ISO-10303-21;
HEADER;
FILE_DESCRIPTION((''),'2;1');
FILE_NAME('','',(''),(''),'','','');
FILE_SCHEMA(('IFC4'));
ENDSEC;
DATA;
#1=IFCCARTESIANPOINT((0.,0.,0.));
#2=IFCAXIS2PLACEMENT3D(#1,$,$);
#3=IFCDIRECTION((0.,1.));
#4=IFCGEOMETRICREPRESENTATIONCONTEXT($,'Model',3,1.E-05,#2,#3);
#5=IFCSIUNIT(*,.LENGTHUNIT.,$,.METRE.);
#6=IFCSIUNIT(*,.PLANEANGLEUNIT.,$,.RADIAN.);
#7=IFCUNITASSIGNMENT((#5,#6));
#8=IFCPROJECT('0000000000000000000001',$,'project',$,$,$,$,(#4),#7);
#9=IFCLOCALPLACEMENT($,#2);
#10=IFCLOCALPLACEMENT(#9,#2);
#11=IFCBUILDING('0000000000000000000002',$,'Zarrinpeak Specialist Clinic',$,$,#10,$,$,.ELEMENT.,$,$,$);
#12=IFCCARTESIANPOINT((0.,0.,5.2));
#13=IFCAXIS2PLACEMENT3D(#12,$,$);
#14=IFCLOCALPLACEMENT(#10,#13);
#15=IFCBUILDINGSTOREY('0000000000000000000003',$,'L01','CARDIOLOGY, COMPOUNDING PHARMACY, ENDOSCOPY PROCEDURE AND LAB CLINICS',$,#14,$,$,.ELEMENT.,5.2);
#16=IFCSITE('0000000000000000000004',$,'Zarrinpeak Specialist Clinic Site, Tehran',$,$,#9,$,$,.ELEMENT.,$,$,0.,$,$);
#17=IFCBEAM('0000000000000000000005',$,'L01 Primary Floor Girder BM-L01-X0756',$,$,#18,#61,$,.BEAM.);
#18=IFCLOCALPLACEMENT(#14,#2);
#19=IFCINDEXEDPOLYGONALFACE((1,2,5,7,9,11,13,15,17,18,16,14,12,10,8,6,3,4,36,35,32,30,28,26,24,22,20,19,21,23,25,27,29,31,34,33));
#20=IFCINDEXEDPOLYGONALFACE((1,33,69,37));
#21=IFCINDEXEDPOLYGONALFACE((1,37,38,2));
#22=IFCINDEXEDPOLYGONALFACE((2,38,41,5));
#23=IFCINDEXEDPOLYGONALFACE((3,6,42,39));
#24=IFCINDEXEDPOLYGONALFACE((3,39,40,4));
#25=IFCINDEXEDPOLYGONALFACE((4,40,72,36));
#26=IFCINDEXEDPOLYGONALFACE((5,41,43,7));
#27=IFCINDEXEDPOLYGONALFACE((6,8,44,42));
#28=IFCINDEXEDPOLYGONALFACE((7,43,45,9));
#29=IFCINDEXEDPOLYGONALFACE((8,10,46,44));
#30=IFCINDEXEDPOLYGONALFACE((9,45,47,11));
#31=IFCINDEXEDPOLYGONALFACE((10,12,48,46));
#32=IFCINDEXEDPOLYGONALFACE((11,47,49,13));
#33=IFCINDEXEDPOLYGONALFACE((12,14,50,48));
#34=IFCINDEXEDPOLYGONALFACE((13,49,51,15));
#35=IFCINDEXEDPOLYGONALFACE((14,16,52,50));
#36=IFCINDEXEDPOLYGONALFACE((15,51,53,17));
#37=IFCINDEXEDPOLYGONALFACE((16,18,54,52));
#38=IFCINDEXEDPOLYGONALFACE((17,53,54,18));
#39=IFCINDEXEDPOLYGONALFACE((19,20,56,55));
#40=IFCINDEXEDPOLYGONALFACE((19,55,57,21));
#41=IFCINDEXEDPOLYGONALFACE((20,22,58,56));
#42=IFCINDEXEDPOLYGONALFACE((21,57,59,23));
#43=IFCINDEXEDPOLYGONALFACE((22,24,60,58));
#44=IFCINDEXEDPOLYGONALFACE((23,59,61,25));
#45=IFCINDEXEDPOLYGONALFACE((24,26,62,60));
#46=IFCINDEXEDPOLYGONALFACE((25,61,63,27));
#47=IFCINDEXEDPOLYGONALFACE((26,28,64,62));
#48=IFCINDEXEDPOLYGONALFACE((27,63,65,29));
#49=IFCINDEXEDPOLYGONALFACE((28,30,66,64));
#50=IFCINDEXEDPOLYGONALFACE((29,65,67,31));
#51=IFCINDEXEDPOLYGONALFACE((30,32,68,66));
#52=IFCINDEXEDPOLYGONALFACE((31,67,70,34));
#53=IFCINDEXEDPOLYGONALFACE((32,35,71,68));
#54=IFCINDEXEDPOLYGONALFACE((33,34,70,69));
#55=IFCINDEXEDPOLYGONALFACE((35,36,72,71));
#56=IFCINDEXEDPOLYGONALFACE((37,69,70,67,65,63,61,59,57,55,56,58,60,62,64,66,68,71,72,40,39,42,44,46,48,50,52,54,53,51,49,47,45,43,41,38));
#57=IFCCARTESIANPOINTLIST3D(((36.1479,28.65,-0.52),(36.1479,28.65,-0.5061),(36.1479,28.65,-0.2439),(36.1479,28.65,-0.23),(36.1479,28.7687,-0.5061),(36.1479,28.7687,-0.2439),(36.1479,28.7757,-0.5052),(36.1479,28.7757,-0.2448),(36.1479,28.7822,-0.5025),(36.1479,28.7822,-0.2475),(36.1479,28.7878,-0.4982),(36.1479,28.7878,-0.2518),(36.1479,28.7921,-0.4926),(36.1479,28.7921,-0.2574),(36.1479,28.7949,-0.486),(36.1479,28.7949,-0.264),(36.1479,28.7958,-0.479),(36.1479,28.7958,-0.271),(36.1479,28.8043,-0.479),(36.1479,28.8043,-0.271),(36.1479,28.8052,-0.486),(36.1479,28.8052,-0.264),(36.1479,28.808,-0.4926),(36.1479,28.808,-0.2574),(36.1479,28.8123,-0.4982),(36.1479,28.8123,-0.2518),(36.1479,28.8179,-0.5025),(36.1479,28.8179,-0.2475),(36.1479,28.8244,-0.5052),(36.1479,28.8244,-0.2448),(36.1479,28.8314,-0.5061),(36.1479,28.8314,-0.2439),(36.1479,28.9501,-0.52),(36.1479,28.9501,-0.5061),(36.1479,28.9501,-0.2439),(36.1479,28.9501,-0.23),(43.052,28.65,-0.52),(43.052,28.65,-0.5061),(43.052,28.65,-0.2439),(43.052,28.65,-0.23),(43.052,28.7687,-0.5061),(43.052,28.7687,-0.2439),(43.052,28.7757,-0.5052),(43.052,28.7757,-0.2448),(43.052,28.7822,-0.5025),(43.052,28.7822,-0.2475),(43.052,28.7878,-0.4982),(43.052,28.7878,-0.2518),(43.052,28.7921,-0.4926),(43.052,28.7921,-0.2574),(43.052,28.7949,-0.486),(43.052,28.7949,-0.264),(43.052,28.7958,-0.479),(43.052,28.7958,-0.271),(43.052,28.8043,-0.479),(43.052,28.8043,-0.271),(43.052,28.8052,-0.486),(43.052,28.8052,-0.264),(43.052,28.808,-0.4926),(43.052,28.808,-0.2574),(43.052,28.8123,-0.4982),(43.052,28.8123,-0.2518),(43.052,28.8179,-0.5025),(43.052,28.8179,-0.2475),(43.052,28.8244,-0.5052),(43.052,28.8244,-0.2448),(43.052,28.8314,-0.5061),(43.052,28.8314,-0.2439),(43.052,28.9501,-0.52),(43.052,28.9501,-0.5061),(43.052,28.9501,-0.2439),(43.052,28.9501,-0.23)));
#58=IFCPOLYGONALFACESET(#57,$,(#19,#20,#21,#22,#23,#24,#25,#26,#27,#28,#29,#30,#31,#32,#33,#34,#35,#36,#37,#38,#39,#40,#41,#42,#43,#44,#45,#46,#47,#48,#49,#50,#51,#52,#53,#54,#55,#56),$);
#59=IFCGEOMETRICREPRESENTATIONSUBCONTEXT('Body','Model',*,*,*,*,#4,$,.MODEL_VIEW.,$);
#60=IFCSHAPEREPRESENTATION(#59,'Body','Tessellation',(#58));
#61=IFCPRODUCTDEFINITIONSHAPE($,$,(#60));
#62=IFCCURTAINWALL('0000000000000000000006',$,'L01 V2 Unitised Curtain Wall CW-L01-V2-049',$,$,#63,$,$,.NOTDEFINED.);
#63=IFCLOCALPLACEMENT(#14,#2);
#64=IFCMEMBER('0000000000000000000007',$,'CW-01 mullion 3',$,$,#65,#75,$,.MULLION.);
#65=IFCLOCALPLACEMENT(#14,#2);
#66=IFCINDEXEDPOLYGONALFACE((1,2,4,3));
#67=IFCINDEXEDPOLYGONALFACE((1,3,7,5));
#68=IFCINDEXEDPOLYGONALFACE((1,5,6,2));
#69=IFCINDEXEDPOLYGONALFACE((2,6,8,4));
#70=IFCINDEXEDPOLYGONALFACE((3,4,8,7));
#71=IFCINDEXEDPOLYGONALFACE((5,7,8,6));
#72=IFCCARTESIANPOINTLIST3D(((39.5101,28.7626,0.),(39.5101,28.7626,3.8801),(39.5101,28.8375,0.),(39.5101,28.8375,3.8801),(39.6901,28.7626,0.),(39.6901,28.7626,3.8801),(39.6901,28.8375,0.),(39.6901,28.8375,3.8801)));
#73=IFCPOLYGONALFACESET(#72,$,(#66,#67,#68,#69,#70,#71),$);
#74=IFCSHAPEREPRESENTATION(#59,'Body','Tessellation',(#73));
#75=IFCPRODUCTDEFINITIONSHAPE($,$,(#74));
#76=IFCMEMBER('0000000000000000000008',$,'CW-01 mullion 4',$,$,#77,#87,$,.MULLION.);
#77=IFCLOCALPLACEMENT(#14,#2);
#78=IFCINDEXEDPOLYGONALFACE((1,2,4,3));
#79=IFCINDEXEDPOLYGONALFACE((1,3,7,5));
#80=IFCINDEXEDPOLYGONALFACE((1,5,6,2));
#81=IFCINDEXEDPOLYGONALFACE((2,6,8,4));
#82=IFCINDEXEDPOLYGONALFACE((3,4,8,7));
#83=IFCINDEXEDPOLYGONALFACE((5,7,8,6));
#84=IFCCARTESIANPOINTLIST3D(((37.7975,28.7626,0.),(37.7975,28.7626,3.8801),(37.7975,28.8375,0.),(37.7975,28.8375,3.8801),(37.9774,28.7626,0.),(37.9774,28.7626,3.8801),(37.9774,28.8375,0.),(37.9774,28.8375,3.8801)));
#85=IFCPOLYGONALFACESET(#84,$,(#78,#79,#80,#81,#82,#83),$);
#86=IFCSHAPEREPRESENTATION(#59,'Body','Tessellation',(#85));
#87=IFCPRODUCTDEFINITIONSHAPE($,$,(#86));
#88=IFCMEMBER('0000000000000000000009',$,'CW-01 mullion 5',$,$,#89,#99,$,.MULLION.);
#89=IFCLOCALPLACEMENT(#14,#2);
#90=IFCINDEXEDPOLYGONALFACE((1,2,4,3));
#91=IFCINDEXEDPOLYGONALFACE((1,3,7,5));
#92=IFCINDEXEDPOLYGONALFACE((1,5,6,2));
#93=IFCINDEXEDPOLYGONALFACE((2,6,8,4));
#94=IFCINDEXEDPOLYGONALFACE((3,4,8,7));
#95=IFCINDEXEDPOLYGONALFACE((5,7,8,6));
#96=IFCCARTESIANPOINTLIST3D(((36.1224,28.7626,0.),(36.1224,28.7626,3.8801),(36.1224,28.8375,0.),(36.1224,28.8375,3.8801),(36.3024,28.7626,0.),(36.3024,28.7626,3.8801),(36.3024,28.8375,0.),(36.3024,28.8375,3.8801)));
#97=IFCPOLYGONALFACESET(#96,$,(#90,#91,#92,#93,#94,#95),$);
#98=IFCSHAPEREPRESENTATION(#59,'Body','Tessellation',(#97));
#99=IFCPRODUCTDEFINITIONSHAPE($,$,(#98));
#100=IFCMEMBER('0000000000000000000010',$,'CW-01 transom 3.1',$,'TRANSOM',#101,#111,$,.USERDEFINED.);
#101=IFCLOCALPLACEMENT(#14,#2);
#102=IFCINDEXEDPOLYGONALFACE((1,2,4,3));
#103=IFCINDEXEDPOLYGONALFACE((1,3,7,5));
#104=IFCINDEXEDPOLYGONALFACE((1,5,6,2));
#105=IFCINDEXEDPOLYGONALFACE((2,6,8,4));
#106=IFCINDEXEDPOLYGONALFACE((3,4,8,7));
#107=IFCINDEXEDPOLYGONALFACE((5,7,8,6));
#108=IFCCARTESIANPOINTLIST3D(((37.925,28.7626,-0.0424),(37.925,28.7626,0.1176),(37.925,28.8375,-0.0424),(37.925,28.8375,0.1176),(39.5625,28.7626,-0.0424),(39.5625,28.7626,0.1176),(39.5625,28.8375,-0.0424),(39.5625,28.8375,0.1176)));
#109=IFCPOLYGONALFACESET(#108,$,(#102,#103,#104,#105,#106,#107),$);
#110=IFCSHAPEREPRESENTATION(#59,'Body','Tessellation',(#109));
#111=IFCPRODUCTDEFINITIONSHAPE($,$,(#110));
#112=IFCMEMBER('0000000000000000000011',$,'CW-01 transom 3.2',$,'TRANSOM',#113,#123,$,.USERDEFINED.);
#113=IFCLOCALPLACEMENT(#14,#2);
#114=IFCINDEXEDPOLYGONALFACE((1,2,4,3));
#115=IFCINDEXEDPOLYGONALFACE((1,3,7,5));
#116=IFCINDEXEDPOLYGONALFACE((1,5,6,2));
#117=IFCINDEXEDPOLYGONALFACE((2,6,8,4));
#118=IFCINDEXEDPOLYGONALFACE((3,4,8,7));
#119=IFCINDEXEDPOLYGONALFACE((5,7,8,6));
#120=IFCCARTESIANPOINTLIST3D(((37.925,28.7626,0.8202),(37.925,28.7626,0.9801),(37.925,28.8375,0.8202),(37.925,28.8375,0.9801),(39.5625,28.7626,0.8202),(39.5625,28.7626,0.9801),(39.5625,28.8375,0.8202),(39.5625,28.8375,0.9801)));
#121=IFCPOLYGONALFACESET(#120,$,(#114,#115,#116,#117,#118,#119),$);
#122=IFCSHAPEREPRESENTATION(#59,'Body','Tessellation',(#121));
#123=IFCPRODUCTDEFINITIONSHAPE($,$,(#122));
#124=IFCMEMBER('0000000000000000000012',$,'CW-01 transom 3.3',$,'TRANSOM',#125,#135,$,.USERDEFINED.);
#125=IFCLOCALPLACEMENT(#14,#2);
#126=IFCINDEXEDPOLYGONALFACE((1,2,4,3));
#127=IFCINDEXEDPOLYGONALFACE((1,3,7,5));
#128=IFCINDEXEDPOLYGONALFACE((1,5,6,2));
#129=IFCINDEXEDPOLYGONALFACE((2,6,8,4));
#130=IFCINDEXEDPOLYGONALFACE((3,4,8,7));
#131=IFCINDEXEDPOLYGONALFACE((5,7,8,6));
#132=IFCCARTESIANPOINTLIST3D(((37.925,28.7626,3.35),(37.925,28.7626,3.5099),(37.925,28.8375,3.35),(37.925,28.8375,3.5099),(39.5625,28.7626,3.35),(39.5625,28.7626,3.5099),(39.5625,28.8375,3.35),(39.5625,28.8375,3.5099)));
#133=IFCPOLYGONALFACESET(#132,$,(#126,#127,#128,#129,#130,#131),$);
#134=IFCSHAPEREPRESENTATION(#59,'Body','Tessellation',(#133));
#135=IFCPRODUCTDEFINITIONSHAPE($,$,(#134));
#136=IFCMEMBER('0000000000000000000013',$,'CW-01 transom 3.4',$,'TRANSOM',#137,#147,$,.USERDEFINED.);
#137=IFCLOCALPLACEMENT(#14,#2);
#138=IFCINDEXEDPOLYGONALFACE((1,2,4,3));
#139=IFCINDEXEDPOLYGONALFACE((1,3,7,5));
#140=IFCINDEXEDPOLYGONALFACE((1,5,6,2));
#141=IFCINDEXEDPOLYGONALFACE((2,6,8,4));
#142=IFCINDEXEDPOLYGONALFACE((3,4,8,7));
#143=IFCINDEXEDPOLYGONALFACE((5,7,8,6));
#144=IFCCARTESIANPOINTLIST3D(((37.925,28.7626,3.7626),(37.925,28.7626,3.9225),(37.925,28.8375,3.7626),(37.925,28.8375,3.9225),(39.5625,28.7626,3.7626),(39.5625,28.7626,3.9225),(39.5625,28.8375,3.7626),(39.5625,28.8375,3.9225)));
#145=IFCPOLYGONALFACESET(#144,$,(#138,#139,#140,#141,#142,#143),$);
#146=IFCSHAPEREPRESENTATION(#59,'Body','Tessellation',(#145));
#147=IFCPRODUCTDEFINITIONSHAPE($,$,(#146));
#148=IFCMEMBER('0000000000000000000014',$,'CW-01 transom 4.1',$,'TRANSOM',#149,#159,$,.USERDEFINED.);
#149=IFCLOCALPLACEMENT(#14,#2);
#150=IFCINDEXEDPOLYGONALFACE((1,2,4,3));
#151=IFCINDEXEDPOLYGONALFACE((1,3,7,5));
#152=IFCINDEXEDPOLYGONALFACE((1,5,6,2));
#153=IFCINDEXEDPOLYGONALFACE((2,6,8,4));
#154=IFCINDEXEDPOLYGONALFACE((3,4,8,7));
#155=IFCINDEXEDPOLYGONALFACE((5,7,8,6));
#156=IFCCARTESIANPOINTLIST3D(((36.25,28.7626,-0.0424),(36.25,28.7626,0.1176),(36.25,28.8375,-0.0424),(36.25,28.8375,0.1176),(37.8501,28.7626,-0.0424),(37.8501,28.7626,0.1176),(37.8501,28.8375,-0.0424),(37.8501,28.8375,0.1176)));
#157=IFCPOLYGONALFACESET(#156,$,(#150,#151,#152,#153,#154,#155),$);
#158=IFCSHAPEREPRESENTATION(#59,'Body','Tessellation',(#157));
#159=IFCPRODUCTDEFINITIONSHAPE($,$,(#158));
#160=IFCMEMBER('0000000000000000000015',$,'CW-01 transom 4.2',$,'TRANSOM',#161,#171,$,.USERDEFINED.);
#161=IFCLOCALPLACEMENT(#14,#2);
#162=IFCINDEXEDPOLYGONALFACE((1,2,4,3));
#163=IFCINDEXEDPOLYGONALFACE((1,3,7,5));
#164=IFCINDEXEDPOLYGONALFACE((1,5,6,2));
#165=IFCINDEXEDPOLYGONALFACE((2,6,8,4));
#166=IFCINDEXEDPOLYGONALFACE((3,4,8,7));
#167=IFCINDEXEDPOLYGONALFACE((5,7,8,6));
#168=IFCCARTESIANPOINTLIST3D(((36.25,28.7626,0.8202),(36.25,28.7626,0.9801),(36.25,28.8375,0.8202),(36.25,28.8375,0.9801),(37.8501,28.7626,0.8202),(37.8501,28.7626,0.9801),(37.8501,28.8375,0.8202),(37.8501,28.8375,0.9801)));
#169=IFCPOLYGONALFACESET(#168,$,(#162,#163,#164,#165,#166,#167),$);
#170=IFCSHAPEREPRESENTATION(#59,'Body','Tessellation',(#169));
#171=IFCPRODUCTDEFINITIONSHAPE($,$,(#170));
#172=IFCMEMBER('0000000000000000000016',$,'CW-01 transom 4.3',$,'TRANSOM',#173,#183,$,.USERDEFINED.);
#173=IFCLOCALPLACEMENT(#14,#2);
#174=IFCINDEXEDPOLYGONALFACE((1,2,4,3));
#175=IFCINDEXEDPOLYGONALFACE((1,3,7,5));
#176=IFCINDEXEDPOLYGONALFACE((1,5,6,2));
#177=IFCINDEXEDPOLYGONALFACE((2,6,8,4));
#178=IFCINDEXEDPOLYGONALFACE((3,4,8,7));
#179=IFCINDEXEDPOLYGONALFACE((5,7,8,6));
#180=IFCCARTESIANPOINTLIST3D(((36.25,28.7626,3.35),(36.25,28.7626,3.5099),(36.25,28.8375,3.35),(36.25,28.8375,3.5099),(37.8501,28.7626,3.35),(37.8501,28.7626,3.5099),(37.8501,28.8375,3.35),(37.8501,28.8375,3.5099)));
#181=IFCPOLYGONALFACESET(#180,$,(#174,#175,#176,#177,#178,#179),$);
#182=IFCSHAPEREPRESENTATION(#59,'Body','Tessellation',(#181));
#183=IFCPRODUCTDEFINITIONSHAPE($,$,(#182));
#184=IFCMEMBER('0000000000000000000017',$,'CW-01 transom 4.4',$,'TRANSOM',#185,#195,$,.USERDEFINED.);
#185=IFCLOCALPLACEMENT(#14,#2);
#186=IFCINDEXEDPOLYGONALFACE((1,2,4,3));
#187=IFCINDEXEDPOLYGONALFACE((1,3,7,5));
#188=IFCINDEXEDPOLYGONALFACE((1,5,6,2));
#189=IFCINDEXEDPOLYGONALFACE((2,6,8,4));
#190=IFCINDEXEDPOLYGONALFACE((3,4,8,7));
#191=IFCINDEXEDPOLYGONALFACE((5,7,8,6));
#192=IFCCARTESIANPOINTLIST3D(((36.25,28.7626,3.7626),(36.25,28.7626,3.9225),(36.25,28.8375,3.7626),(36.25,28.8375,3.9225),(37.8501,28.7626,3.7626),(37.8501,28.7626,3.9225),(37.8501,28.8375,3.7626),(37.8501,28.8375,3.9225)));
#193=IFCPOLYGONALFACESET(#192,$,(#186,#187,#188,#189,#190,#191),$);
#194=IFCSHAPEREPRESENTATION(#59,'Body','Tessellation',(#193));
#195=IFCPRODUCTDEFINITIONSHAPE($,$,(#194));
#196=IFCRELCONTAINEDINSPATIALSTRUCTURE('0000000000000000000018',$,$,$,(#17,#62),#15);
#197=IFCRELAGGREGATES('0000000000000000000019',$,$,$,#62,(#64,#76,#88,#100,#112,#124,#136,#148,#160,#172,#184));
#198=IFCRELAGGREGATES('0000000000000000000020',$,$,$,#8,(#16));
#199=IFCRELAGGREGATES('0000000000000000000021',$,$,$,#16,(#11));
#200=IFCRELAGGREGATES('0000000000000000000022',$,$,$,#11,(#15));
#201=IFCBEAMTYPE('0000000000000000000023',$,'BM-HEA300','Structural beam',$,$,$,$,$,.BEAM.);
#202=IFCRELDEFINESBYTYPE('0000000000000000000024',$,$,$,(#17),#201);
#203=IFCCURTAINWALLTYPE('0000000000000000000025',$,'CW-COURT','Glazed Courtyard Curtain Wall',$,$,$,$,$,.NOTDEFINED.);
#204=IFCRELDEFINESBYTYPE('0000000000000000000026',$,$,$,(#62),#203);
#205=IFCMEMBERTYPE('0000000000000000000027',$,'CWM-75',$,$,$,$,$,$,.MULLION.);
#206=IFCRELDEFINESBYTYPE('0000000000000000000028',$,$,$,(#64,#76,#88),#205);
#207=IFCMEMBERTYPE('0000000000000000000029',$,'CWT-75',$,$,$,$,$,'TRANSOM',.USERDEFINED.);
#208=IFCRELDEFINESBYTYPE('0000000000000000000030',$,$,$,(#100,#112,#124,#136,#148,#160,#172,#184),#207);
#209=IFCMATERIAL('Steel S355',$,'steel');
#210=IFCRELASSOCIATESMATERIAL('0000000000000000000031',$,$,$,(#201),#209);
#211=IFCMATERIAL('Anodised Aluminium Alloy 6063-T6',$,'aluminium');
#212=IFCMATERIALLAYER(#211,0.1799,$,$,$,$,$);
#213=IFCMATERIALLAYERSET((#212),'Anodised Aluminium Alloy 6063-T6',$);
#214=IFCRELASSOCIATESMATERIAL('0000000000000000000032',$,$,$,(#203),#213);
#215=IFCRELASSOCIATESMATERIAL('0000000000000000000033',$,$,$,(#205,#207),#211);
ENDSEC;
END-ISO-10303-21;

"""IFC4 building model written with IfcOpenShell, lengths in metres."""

from ifc_helpers import new_model, si_unit, direction, frame, origin, origin_2d, place, context, subcontext, project, spatial, rectangle, i_section, extrude, material, layer, layer_set, material_profile, profile_set, type_object, element, aggregate, save


model = new_model("IFC4")

# Units and contexts
model_context = context("Model", 3, precision=1e-05, world=origin(), true_north=direction((0.0, 1.0)))
body_context = subcontext(model_context, "Body", "Model", "MODEL_VIEW")
ifc_project = project(units=[si_unit("LENGTHUNIT", "METRE"), si_unit("PLANEANGLEUNIT", "RADIAN")], contexts=[model_context])

# Site, building, storey
site_placement = place(None, origin())
site = spatial("IfcSite", under=ifc_project, at=site_placement, Name="Zarrinpeak Specialist Clinic Site, Tehran", CompositionType="ELEMENT", RefElevation=0.0)
building_placement = place(site_placement, origin())
building = spatial("IfcBuilding", under=site, at=building_placement, Name="Zarrinpeak Specialist Clinic", CompositionType="ELEMENT")
storey_placement = place(building_placement, frame((0.0, 0.0, 5.2)))
storey = spatial("IfcBuildingStorey", under=building, at=storey_placement, Name="L01", Description="CARDIOLOGY, COMPOUNDING PHARMACY, ENDOSCOPY PROCEDURE AND LAB CLINICS", CompositionType="ELEMENT", Elevation=5.2)

# Beam
ifc_material_1 = material(Name="Steel S355", Category="steel")
ifc_material_profile_1 = material_profile(ifc_material_1, i_section(OverallWidth=0.3, OverallDepth=0.29, WebThickness=0.0085, FlangeThickness=0.0139, FilletRadius=0.0271, at=origin_2d()), Name="HEA 300")
ifc_profile_set_1 = profile_set([ifc_material_profile_1], Name="Steel S355")
beam_type = type_object("IfcBeamType", Name="BM-HEA300", Description="Structural beam", PredefinedType="BEAM", material=ifc_profile_set_1)
beam_placement = place(storey_placement, frame((36.1479, 28.8, -0.375), z_axis=(1.0, 0.0, 0.0), x_axis=(0.0, 1.0, 0.0)))
element("IfcBeam", 1, at=beam_placement, inside=storey, type_object=beam_type, Name="L01 Primary Floor Girder BM-L01-X0756", PredefinedType="BEAM", context=body_context, shape_type="SweptSolid", body=[
    extrude(i_section(OverallWidth=0.3, OverallDepth=0.29, WebThickness=0.0085, FlangeThickness=0.0139, FilletRadius=0.0271, at=origin_2d()), origin(), (0.0, 0.0, 1.0), 6.9041),
])

# Curtain wall, members
ifc_material_2 = material(Name="Anodised Aluminium Alloy 6063-T6", Category="aluminium")
ifc_layer_1 = layer(ifc_material_2, 0.1799)
ifc_layer_set_1 = layer_set([ifc_layer_1], Name="Anodised Aluminium Alloy 6063-T6")
curtain_wall_type = type_object("IfcCurtainWallType", Name="CW-COURT", Description="Glazed Courtyard Curtain Wall", PredefinedType="NOTDEFINED", material=ifc_layer_set_1)
curtain_wall_placement = place(storey_placement, origin())
curtain_wall = element("IfcCurtainWall", 2, at=curtain_wall_placement, inside=storey, type_object=curtain_wall_type, Name="L01 V2 Unitised Curtain Wall CW-L01-V2-049", PredefinedType="NOTDEFINED")
ifc_material_profile_2 = material_profile(ifc_material_2, rectangle(XDim=0.075, YDim=0.1799, at=origin_2d()), Name="ALU 75x180")
ifc_profile_set_2 = profile_set([ifc_material_profile_2], Name="Anodised Aluminium Alloy 6063-T6")
member_type_1 = type_object("IfcMemberType", Name="CWM-75", PredefinedType="MULLION", material=ifc_profile_set_2)
member_1_placement = place(storey_placement, frame((39.6001, 28.8, 0.0), z_axis=(0.0, 0.0, 1.0), x_axis=(0.0, -1.0, 0.0)))
member_1 = element("IfcMember", 3, at=member_1_placement, type_object=member_type_1, Name="CW-01 mullion 3", PredefinedType="MULLION", context=body_context, shape_type="SweptSolid", body=[
    extrude(rectangle(XDim=0.075, YDim=0.1799, at=origin_2d()), origin(), (0.0, 0.0, 1.0), 3.8801),
])
member_2_placement = place(storey_placement, frame((37.8875, 28.8, 0.0), z_axis=(0.0, 0.0, 1.0), x_axis=(0.0, -1.0, 0.0)))
member_2 = element("IfcMember", 4, at=member_2_placement, type_object=member_type_1, Name="CW-01 mullion 4", PredefinedType="MULLION", context=body_context, shape_type="SweptSolid", body=[
    extrude(rectangle(XDim=0.075, YDim=0.1799, at=origin_2d()), origin(), (0.0, 0.0, 1.0), 3.8801),
])
member_3_placement = place(storey_placement, frame((36.2124, 28.8, 0.0), z_axis=(0.0, 0.0, 1.0), x_axis=(0.0, -1.0, 0.0)))
member_3 = element("IfcMember", 5, at=member_3_placement, type_object=member_type_1, Name="CW-01 mullion 5", PredefinedType="MULLION", context=body_context, shape_type="SweptSolid", body=[
    extrude(rectangle(XDim=0.075, YDim=0.1799, at=origin_2d()), origin(), (0.0, 0.0, 1.0), 3.8801),
])
ifc_material_profile_3 = material_profile(ifc_material_2, rectangle(XDim=0.075, YDim=0.1599, at=origin_2d()), Name="ALU 75x160")
ifc_profile_set_3 = profile_set([ifc_material_profile_3], Name="Anodised Aluminium Alloy 6063-T6")
member_type_2 = type_object("IfcMemberType", Name="CWT-75", ElementType="TRANSOM", PredefinedType="USERDEFINED", material=ifc_profile_set_3)
member_4_placement = place(storey_placement, frame((39.5625, 28.8, 0.0376), z_axis=(-1.0, 0.0, 0.0), x_axis=(0.0, -1.0, 0.0)))
member_4 = element("IfcMember", 6, at=member_4_placement, type_object=member_type_2, Name="CW-01 transom 3.1", ObjectType="TRANSOM", PredefinedType="USERDEFINED", context=body_context, shape_type="SweptSolid", body=[
    extrude(rectangle(XDim=0.075, YDim=0.1599, at=origin_2d()), origin(), (0.0, 0.0, 1.0), 1.6375),
])
member_5_placement = place(storey_placement, frame((39.5625, 28.8, 0.9001), z_axis=(-1.0, 0.0, 0.0), x_axis=(0.0, -1.0, 0.0)))
member_5 = element("IfcMember", 7, at=member_5_placement, type_object=member_type_2, Name="CW-01 transom 3.2", ObjectType="TRANSOM", PredefinedType="USERDEFINED", context=body_context, shape_type="SweptSolid", body=[
    extrude(rectangle(XDim=0.075, YDim=0.1599, at=origin_2d()), origin(), (0.0, 0.0, 1.0), 1.6375),
])
member_6_placement = place(storey_placement, frame((39.5625, 28.8, 3.4299), z_axis=(-1.0, 0.0, 0.0), x_axis=(0.0, -1.0, 0.0)))
member_6 = element("IfcMember", 8, at=member_6_placement, type_object=member_type_2, Name="CW-01 transom 3.3", ObjectType="TRANSOM", PredefinedType="USERDEFINED", context=body_context, shape_type="SweptSolid", body=[
    extrude(rectangle(XDim=0.075, YDim=0.1599, at=origin_2d()), origin(), (0.0, 0.0, 1.0), 1.6375),
])
member_7_placement = place(storey_placement, frame((39.5625, 28.8, 3.8425), z_axis=(-1.0, 0.0, 0.0), x_axis=(0.0, -1.0, 0.0)))
member_7 = element("IfcMember", 9, at=member_7_placement, type_object=member_type_2, Name="CW-01 transom 3.4", ObjectType="TRANSOM", PredefinedType="USERDEFINED", context=body_context, shape_type="SweptSolid", body=[
    extrude(rectangle(XDim=0.075, YDim=0.1599, at=origin_2d()), origin(), (0.0, 0.0, 1.0), 1.6375),
])
member_8_placement = place(storey_placement, frame((37.8501, 28.8, 0.0376), z_axis=(-1.0, 0.0, 0.0), x_axis=(0.0, -1.0, 0.0)))
member_8 = element("IfcMember", 10, at=member_8_placement, type_object=member_type_2, Name="CW-01 transom 4.1", ObjectType="TRANSOM", PredefinedType="USERDEFINED", context=body_context, shape_type="SweptSolid", body=[
    extrude(rectangle(XDim=0.075, YDim=0.1599, at=origin_2d()), origin(), (0.0, 0.0, 1.0), 1.6001),
])
member_9_placement = place(storey_placement, frame((37.8501, 28.8, 0.9001), z_axis=(-1.0, 0.0, 0.0), x_axis=(0.0, -1.0, 0.0)))
member_9 = element("IfcMember", 11, at=member_9_placement, type_object=member_type_2, Name="CW-01 transom 4.2", ObjectType="TRANSOM", PredefinedType="USERDEFINED", context=body_context, shape_type="SweptSolid", body=[
    extrude(rectangle(XDim=0.075, YDim=0.1599, at=origin_2d()), origin(), (0.0, 0.0, 1.0), 1.6001),
])
member_10_placement = place(storey_placement, frame((37.8501, 28.8, 3.4299), z_axis=(-1.0, 0.0, 0.0), x_axis=(0.0, -1.0, 0.0)))
member_10 = element("IfcMember", 12, at=member_10_placement, type_object=member_type_2, Name="CW-01 transom 4.3", ObjectType="TRANSOM", PredefinedType="USERDEFINED", context=body_context, shape_type="SweptSolid", body=[
    extrude(rectangle(XDim=0.075, YDim=0.1599, at=origin_2d()), origin(), (0.0, 0.0, 1.0), 1.6001),
])
member_11_placement = place(storey_placement, frame((37.8501, 28.8, 3.8425), z_axis=(-1.0, 0.0, 0.0), x_axis=(0.0, -1.0, 0.0)))
member_11 = element("IfcMember", 13, at=member_11_placement, type_object=member_type_2, Name="CW-01 transom 4.4", ObjectType="TRANSOM", PredefinedType="USERDEFINED", context=body_context, shape_type="SweptSolid", body=[
    extrude(rectangle(XDim=0.075, YDim=0.1599, at=origin_2d()), origin(), (0.0, 0.0, 1.0), 1.6001),
])
aggregate(curtain_wall, [member_1, member_2, member_3, member_4, member_5, member_6, member_7, member_8, member_9, member_10, member_11])

save(model, "model.ifc")
